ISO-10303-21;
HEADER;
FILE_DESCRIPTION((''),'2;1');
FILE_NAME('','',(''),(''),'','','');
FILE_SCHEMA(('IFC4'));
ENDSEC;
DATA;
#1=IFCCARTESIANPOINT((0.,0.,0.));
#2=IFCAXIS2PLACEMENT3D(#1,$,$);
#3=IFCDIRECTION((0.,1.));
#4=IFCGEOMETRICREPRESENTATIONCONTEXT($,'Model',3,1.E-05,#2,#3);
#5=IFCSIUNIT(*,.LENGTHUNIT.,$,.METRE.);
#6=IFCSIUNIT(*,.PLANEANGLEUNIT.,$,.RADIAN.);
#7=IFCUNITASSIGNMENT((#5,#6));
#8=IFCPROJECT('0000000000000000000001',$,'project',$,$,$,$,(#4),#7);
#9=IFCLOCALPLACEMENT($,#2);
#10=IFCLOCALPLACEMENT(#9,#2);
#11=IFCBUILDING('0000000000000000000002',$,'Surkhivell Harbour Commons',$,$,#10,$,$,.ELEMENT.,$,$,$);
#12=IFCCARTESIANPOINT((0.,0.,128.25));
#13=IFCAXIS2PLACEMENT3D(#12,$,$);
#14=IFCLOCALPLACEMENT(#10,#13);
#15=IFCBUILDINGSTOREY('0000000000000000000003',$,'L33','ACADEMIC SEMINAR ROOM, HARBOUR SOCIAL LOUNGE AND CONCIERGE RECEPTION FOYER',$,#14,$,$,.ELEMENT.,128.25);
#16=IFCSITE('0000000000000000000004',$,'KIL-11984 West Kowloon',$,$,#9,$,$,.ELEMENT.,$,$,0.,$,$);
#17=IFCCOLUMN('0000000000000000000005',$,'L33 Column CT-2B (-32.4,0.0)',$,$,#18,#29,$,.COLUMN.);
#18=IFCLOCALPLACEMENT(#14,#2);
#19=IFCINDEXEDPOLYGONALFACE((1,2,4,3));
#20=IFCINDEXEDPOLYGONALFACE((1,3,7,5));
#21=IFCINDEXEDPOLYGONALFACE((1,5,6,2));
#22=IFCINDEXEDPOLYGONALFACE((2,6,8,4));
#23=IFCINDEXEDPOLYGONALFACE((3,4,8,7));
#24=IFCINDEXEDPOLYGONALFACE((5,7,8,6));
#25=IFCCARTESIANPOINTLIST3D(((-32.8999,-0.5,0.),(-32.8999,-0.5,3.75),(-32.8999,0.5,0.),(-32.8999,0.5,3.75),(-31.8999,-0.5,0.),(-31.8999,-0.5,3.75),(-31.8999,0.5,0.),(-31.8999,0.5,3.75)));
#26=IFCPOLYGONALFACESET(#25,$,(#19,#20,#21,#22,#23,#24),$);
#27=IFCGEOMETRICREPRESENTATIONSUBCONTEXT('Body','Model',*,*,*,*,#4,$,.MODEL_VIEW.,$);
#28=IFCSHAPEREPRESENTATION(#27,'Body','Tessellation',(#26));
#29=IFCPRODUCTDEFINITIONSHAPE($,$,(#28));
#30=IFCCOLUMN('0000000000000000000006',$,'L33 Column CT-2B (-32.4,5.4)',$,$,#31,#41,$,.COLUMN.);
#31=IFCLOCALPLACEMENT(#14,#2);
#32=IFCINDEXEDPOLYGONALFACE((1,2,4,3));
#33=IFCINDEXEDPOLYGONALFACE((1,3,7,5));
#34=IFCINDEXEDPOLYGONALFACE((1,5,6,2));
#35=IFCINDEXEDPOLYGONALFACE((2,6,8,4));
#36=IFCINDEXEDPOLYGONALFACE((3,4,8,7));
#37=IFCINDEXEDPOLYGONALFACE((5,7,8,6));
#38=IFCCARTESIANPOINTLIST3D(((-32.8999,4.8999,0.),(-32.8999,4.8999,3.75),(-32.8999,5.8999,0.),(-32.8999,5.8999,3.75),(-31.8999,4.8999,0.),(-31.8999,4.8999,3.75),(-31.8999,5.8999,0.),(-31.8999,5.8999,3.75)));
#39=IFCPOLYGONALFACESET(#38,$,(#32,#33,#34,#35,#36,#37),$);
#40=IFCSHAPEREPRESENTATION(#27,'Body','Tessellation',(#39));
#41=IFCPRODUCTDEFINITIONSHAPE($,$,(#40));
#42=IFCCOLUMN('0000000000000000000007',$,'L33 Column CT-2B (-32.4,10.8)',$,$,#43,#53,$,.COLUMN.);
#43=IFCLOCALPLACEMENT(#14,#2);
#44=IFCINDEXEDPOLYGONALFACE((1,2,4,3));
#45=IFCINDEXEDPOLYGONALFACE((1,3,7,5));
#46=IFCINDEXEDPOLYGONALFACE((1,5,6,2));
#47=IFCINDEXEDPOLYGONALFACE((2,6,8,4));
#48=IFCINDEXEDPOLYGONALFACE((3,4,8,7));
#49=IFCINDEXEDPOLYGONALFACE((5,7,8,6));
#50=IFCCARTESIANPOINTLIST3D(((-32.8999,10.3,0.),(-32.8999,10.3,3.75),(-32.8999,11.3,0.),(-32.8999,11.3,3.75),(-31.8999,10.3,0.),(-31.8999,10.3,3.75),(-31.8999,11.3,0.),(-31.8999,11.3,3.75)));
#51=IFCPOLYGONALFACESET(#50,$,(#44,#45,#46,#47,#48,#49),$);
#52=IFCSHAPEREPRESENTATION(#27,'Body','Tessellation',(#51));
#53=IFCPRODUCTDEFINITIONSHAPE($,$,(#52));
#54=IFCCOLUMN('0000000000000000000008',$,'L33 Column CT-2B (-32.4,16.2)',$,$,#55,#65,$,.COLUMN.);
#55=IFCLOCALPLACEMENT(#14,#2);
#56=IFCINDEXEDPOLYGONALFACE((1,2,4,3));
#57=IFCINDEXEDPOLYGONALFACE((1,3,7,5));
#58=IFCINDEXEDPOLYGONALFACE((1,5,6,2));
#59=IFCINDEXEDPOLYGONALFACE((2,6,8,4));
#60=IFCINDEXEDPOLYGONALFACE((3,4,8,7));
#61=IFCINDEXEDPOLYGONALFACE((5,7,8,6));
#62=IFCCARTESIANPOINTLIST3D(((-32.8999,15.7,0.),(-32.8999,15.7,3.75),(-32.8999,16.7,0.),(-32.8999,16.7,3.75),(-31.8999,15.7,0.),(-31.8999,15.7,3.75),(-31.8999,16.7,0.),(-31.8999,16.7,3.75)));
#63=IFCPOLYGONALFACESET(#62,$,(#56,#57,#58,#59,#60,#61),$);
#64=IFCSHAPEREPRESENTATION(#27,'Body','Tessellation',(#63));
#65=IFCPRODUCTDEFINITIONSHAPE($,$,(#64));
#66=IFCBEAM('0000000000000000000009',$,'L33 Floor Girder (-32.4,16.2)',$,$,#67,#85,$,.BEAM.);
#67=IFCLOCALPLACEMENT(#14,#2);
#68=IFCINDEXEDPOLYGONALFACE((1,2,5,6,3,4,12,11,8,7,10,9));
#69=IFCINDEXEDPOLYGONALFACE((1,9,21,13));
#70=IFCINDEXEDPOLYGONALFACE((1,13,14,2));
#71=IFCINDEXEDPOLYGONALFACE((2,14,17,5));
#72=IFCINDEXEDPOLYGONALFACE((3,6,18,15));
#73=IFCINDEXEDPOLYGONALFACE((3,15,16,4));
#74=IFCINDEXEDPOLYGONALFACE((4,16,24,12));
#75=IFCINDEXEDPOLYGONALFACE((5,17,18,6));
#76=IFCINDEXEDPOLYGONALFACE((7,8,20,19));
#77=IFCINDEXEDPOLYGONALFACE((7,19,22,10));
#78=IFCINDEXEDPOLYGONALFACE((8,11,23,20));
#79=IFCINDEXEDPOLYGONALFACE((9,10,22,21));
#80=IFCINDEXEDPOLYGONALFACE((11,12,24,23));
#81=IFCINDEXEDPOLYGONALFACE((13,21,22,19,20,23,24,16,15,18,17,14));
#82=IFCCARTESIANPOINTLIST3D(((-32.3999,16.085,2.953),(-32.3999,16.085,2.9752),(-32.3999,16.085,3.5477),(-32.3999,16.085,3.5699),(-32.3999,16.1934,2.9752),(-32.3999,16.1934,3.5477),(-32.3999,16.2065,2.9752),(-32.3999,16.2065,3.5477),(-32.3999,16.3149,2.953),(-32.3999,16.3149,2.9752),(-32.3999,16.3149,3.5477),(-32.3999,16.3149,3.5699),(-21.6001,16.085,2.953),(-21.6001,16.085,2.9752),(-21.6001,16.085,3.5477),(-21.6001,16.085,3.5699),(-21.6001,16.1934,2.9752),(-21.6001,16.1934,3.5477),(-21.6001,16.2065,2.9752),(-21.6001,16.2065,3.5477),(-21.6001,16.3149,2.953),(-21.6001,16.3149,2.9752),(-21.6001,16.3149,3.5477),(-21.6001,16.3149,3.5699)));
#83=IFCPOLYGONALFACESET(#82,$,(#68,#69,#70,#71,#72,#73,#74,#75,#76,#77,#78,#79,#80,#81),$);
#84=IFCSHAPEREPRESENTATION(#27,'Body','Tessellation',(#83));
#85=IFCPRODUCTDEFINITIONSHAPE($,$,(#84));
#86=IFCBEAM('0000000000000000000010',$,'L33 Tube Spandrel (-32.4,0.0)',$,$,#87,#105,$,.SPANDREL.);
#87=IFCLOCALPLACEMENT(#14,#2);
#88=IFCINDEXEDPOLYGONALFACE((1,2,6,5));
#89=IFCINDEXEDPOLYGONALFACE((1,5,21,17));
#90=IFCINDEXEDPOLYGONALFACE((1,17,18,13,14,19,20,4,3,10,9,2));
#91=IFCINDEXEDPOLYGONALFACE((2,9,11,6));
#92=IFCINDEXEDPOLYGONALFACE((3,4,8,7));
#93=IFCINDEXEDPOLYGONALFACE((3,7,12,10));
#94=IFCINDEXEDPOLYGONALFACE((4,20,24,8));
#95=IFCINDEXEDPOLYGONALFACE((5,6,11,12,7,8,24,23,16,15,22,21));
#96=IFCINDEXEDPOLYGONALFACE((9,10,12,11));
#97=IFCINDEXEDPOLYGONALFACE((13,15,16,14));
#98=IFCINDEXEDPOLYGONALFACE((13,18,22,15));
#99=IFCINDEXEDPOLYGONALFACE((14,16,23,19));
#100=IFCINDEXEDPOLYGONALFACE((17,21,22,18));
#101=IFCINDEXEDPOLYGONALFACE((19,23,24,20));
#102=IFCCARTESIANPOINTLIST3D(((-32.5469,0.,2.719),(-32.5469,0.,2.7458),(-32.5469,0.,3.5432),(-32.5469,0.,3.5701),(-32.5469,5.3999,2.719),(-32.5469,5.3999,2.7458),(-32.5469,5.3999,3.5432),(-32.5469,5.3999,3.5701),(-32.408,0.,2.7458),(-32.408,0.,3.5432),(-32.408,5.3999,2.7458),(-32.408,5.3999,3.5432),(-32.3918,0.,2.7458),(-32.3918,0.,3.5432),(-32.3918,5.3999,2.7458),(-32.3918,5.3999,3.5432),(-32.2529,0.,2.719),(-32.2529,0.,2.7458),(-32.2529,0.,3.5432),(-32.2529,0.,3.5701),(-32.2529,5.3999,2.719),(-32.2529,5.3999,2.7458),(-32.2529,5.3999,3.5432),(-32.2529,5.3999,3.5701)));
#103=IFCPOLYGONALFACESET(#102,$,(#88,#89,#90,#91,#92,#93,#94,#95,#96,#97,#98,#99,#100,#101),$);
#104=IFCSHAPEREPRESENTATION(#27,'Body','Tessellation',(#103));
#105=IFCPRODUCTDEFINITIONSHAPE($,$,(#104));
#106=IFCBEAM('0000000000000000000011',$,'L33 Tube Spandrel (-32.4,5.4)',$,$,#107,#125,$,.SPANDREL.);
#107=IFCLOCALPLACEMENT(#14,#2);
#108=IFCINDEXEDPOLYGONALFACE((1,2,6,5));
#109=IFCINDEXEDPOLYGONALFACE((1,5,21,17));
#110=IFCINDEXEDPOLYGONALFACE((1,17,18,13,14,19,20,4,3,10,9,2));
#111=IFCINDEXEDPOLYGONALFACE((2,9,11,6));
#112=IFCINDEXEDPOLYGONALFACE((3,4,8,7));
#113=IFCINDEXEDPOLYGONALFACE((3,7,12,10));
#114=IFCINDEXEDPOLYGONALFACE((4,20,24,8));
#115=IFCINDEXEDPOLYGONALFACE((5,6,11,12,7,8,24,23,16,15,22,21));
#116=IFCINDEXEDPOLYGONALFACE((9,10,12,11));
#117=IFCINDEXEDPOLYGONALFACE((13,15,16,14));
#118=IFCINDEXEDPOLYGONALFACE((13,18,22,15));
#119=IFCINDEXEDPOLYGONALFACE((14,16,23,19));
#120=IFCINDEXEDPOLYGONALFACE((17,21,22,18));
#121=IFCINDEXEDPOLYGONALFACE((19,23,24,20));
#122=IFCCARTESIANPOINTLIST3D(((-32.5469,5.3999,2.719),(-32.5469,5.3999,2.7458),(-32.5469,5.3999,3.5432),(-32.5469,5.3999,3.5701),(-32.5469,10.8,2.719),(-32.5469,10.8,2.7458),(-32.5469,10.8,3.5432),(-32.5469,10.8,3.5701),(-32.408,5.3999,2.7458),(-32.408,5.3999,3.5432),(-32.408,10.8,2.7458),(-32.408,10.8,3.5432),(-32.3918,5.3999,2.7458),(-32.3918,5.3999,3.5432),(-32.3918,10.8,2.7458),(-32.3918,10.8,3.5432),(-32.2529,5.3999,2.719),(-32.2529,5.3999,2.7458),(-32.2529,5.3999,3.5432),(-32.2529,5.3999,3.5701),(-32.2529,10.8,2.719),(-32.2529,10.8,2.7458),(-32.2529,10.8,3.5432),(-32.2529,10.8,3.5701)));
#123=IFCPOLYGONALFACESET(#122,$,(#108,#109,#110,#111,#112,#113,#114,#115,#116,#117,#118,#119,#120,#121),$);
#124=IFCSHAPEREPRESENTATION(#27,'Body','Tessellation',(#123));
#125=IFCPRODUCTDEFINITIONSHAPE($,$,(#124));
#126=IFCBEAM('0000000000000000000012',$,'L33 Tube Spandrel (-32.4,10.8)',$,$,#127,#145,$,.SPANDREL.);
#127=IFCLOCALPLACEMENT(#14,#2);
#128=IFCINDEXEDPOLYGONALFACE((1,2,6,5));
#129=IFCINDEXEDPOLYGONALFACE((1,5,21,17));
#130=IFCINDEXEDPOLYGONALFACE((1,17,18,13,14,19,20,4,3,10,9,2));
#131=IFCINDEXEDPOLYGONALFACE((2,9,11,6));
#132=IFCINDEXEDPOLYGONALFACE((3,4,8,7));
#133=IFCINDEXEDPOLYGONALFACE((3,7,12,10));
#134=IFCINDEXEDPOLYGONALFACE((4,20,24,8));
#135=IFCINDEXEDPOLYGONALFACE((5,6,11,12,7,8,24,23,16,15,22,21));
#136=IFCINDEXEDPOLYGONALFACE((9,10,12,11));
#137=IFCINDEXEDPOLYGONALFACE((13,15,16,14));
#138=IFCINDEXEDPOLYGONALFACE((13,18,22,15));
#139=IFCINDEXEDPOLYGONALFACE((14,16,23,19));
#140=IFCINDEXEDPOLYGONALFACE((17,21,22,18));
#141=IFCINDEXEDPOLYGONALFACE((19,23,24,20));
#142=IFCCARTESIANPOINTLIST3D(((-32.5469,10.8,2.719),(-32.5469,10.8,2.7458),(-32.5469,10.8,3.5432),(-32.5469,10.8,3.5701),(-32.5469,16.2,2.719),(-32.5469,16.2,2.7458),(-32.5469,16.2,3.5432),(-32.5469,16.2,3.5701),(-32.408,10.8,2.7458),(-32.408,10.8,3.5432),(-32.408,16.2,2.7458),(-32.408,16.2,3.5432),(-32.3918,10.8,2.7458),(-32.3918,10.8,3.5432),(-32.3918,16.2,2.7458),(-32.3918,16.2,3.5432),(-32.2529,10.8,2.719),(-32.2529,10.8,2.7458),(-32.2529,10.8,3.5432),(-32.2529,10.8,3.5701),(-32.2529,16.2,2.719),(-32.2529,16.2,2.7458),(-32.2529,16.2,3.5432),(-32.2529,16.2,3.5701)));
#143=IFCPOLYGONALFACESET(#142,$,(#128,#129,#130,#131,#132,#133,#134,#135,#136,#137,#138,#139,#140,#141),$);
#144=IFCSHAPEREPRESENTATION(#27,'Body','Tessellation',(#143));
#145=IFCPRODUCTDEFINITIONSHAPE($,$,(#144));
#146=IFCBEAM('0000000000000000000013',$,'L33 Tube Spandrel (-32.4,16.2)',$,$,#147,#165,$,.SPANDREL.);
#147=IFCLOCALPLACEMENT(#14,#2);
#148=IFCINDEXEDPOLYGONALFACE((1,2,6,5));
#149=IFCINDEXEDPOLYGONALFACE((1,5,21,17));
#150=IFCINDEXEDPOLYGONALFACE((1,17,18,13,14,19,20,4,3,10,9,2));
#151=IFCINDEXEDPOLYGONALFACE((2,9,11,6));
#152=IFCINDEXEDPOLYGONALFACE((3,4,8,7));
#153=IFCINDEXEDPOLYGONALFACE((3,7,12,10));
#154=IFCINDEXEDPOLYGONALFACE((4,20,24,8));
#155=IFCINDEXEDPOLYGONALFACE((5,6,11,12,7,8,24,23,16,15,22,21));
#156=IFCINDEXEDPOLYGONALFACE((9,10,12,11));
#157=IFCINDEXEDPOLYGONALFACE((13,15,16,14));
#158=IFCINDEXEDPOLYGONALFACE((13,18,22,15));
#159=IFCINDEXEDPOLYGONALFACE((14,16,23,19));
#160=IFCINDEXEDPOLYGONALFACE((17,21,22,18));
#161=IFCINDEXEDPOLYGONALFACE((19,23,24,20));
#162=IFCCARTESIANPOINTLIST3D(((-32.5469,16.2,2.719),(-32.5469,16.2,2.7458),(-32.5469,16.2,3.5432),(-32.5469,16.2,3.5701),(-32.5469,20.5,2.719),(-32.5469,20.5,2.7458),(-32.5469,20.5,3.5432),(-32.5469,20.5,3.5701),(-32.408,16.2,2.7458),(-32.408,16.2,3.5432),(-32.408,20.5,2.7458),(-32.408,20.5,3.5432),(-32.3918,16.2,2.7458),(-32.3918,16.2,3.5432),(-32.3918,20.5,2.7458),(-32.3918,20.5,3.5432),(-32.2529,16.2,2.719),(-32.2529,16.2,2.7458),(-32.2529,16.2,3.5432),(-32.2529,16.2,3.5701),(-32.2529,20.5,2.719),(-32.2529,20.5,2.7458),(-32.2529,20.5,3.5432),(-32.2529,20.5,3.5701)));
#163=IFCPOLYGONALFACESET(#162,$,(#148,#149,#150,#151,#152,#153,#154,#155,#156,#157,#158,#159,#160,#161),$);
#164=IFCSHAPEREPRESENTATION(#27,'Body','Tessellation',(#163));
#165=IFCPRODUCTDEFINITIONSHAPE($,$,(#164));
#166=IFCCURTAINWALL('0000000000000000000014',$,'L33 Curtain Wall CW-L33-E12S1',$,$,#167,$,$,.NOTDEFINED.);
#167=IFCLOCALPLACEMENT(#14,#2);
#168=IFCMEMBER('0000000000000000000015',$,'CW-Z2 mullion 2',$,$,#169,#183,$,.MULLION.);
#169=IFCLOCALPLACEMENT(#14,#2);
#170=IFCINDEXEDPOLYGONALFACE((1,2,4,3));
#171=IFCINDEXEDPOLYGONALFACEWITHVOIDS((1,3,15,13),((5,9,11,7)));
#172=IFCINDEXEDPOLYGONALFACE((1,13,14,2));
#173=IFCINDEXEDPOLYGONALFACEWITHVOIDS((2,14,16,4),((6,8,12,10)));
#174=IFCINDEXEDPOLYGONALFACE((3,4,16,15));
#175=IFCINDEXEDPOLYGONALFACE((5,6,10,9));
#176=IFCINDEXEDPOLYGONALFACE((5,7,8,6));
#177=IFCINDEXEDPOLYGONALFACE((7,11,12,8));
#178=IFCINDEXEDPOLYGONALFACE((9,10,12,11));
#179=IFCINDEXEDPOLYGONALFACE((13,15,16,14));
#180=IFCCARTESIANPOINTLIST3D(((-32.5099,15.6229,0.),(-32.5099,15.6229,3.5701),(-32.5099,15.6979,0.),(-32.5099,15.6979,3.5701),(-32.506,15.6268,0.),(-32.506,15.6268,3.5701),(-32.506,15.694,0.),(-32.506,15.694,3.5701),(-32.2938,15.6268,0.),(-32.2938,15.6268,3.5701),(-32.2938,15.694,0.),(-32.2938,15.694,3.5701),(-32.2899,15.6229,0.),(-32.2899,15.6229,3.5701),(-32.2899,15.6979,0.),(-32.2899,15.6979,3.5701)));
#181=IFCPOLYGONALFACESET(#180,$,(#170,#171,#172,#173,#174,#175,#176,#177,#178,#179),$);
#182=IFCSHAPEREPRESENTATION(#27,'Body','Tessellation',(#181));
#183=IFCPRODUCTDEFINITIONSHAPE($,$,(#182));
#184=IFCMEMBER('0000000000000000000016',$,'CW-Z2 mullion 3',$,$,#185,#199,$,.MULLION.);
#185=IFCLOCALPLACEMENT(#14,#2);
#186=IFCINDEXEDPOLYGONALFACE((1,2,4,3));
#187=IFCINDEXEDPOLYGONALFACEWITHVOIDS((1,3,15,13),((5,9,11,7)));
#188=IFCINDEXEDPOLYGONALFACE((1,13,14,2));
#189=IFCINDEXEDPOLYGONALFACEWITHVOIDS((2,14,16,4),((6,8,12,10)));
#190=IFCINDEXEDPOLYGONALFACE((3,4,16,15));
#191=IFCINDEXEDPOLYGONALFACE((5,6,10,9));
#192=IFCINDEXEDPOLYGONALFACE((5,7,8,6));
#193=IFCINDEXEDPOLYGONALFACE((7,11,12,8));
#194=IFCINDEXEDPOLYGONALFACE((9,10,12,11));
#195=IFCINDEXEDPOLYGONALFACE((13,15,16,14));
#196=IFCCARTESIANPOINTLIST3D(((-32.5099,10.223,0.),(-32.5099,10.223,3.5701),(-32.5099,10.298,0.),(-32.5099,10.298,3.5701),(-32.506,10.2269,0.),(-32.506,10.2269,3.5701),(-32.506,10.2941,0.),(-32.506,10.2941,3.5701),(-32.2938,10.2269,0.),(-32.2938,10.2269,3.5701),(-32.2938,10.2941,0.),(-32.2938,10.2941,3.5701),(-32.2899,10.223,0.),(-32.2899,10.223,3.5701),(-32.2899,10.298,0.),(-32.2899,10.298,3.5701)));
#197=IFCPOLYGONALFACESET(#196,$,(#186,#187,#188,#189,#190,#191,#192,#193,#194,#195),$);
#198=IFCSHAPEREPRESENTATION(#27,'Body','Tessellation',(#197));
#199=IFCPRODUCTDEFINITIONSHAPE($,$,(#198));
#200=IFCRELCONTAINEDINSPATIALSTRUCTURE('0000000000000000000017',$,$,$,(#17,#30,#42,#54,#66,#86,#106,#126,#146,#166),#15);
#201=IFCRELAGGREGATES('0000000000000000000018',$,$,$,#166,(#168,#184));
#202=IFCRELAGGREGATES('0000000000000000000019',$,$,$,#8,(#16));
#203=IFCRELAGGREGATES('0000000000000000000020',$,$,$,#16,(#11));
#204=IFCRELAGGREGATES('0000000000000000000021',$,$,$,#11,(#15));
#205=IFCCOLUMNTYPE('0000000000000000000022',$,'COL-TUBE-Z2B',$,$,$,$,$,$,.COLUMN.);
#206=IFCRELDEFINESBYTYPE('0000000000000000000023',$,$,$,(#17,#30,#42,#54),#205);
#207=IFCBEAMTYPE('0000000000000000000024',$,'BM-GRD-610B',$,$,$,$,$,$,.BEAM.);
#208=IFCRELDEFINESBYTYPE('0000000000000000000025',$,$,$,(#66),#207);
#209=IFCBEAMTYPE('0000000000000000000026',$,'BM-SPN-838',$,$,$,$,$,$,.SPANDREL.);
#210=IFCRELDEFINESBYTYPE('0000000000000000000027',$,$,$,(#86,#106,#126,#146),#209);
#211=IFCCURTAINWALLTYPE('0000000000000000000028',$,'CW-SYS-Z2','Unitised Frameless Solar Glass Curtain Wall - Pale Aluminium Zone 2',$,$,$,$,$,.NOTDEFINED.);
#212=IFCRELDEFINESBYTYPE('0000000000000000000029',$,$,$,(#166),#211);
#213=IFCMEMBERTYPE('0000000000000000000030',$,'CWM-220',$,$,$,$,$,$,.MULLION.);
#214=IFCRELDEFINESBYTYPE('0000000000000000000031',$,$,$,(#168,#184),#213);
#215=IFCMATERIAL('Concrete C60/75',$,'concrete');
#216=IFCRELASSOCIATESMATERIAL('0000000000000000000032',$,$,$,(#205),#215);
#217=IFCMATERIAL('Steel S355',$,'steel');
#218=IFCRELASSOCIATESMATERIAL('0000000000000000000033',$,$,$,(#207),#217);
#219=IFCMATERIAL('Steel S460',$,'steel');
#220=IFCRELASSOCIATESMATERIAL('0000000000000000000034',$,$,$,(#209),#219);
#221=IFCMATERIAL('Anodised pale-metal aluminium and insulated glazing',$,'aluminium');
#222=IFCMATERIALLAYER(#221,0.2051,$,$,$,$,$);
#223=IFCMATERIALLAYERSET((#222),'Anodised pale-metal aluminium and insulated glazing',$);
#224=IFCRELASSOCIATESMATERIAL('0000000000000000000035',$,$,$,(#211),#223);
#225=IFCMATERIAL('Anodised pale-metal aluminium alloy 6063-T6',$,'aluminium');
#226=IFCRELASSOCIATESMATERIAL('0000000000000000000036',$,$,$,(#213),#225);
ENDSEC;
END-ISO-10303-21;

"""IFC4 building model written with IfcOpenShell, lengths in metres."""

from ifc_helpers import new_model, si_unit, direction, frame, origin, origin_2d, place, context, subcontext, project, spatial, rectangle, hollow_rectangle, i_section, extrude, material, layer, layer_set, material_profile, profile_set, type_object, element, aggregate, save


model = new_model("IFC4")

# Units and contexts
model_context = context("Model", 3, precision=1e-05, world=origin(), true_north=direction((0.0, 1.0)))
body_context = subcontext(model_context, "Body", "Model", "MODEL_VIEW")
ifc_project = project(units=[si_unit("LENGTHUNIT", "METRE"), si_unit("PLANEANGLEUNIT", "RADIAN")], contexts=[model_context])

# Site, building, storey
site_placement = place(None, origin())
site = spatial("IfcSite", under=ifc_project, at=site_placement, Name="KIL-11984 West Kowloon", CompositionType="ELEMENT", RefElevation=0.0)
building_placement = place(site_placement, origin())
building = spatial("IfcBuilding", under=site, at=building_placement, Name="Surkhivell Harbour Commons", CompositionType="ELEMENT")
storey_placement = place(building_placement, frame((0.0, 0.0, 128.25)))
storey = spatial("IfcBuildingStorey", under=building, at=storey_placement, Name="L33", Description="ACADEMIC SEMINAR ROOM, HARBOUR SOCIAL LOUNGE AND CONCIERGE RECEPTION FOYER", CompositionType="ELEMENT", Elevation=128.25)

# Columns
ifc_material_1 = material(Name="Concrete C60/75", Category="concrete")
ifc_material_profile_1 = material_profile(ifc_material_1, rectangle(XDim=1.0, YDim=1.0, at=origin_2d()), Name="RC-COL-1000x1000")
ifc_profile_set_1 = profile_set([ifc_material_profile_1], Name="Concrete C60/75")
column_type = type_object("IfcColumnType", Name="COL-TUBE-Z2B", PredefinedType="COLUMN", material=ifc_profile_set_1)
for number, where, z_axis, x_axis, name in (
    (1, (-32.3999, 0.0, 0.0), (0.0, 0.0, 1.0), (1.0, 0.0, 0.0), "L33 Column CT-2B (-32.4,0.0)"),
    (2, (-32.3999, 5.3999, 0.0), (0.0, 0.0, 1.0), (1.0, 0.0, 0.0), "L33 Column CT-2B (-32.4,5.4)"),
    (3, (-32.3999, 10.8, 0.0), (0.0, 0.0, 1.0), (1.0, 0.0, 0.0), "L33 Column CT-2B (-32.4,10.8)"),
    (4, (-32.3999, 16.2, 0.0), (0.0, 0.0, 1.0), (1.0, 0.0, 0.0), "L33 Column CT-2B (-32.4,16.2)"),
):
    element("IfcColumn", number, at=place(storey_placement, frame(where, z_axis=z_axis, x_axis=x_axis)), inside=storey, type_object=column_type, Name=name, PredefinedType="COLUMN", context=body_context, shape_type="SweptSolid", body=[
        extrude(rectangle(XDim=1.0, YDim=1.0, at=origin_2d()), origin(), (0.0, 0.0, 1.0), 3.75),
    ])

# Beams
ifc_material_2 = material(Name="Steel S355", Category="steel")
ifc_material_profile_2 = material_profile(ifc_material_2, i_section(OverallWidth=0.23, OverallDepth=0.6169, WebThickness=0.0132, FlangeThickness=0.0222, at=origin_2d()), Name="UB610x229x140")
ifc_profile_set_2 = profile_set([ifc_material_profile_2], Name="Steel S355")
beam_type_1 = type_object("IfcBeamType", Name="BM-GRD-610B", PredefinedType="BEAM", material=ifc_profile_set_2)
beam_1_placement = place(storey_placement, frame((-32.3999, 16.2, 3.2615), z_axis=(1.0, 0.0, 0.0), x_axis=(0.0, 1.0, 0.0)))
element("IfcBeam", 5, at=beam_1_placement, inside=storey, type_object=beam_type_1, Name="L33 Floor Girder (-32.4,16.2)", PredefinedType="BEAM", context=body_context, shape_type="SweptSolid", body=[
    extrude(i_section(OverallWidth=0.23, OverallDepth=0.6169, WebThickness=0.0132, FlangeThickness=0.0222, at=origin_2d()), origin(), (0.0, 0.0, 1.0), 10.7998),
])
ifc_material_3 = material(Name="Steel S460", Category="steel")
ifc_material_profile_3 = material_profile(ifc_material_3, i_section(OverallWidth=0.2939, OverallDepth=0.8511, WebThickness=0.0161, FlangeThickness=0.0269, at=origin_2d()), Name="UB838x292x226")
ifc_profile_set_3 = profile_set([ifc_material_profile_3], Name="Steel S460")
beam_type_2 = type_object("IfcBeamType", Name="BM-SPN-838", PredefinedType="SPANDREL", material=ifc_profile_set_3)
beam_2_placement = place(storey_placement, frame((-32.3999, 0.0, 3.1445), z_axis=(0.0, 1.0, 0.0), x_axis=(-1.0, 0.0, 0.0)))
element("IfcBeam", 6, at=beam_2_placement, inside=storey, type_object=beam_type_2, Name="L33 Tube Spandrel (-32.4,0.0)", PredefinedType="SPANDREL", context=body_context, shape_type="SweptSolid", body=[
    extrude(i_section(OverallWidth=0.2939, OverallDepth=0.8511, WebThickness=0.0161, FlangeThickness=0.0269, at=origin_2d()), origin(), (0.0, 0.0, 1.0), 5.3999),
])
beam_3_placement = place(storey_placement, frame((-32.3999, 5.3999, 3.1445), z_axis=(0.0, 1.0, 0.0), x_axis=(-1.0, 0.0, 0.0)))
element("IfcBeam", 7, at=beam_3_placement, inside=storey, type_object=beam_type_2, Name="L33 Tube Spandrel (-32.4,5.4)", PredefinedType="SPANDREL", context=body_context, shape_type="SweptSolid", body=[
    extrude(i_section(OverallWidth=0.2939, OverallDepth=0.8511, WebThickness=0.0161, FlangeThickness=0.0269, at=origin_2d()), origin(), (0.0, 0.0, 1.0), 5.4001),
])
beam_4_placement = place(storey_placement, frame((-32.3999, 10.8, 3.1445), z_axis=(0.0, 1.0, 0.0), x_axis=(-1.0, 0.0, 0.0)))
element("IfcBeam", 8, at=beam_4_placement, inside=storey, type_object=beam_type_2, Name="L33 Tube Spandrel (-32.4,10.8)", PredefinedType="SPANDREL", context=body_context, shape_type="SweptSolid", body=[
    extrude(i_section(OverallWidth=0.2939, OverallDepth=0.8511, WebThickness=0.0161, FlangeThickness=0.0269, at=origin_2d()), origin(), (0.0, 0.0, 1.0), 5.3999),
])
beam_5_placement = place(storey_placement, frame((-32.3999, 16.2, 3.1445), z_axis=(0.0, 1.0, 0.0), x_axis=(-1.0, 0.0, 0.0)))
element("IfcBeam", 9, at=beam_5_placement, inside=storey, type_object=beam_type_2, Name="L33 Tube Spandrel (-32.4,16.2)", PredefinedType="SPANDREL", context=body_context, shape_type="SweptSolid", body=[
    extrude(i_section(OverallWidth=0.2939, OverallDepth=0.8511, WebThickness=0.0161, FlangeThickness=0.0269, at=origin_2d()), origin(), (0.0, 0.0, 1.0), 4.3),
])

# Curtain wall, members
ifc_material_4 = material(Name="Anodised pale-metal aluminium and insulated glazing", Category="aluminium")
ifc_layer_1 = layer(ifc_material_4, 0.2051)
ifc_layer_set_1 = layer_set([ifc_layer_1], Name="Anodised pale-metal aluminium and insulated glazing")
curtain_wall_type = type_object("IfcCurtainWallType", Name="CW-SYS-Z2", Description="Unitised Frameless Solar Glass Curtain Wall - Pale Aluminium Zone 2", PredefinedType="NOTDEFINED", material=ifc_layer_set_1)
curtain_wall_placement = place(storey_placement, origin())
curtain_wall = element("IfcCurtainWall", 10, at=curtain_wall_placement, inside=storey, type_object=curtain_wall_type, Name="L33 Curtain Wall CW-L33-E12S1", PredefinedType="NOTDEFINED")
ifc_material_5 = material(Name="Anodised pale-metal aluminium alloy 6063-T6", Category="aluminium")
ifc_material_profile_4 = material_profile(ifc_material_5, hollow_rectangle(XDim=0.075, YDim=0.22, WallThickness=0.0039, at=origin_2d()), Name="ALU-MULL-75x220")
ifc_profile_set_4 = profile_set([ifc_material_profile_4], Name="Anodised pale-metal aluminium alloy 6063-T6")
member_type_1 = type_object("IfcMemberType", Name="CWM-220", PredefinedType="MULLION", material=ifc_profile_set_4)
member_1_placement = place(storey_placement, frame((-32.3999, 15.6604, 0.0), z_axis=(0.0, 0.0, 1.0), x_axis=(0.0, -1.0, 0.0)))
member_1 = element("IfcMember", 11, at=member_1_placement, type_object=member_type_1, Name="CW-Z2 mullion 2", PredefinedType="MULLION", context=body_context, shape_type="SweptSolid", body=[
    extrude(hollow_rectangle(XDim=0.075, YDim=0.22, WallThickness=0.0039, at=origin_2d()), origin(), (0.0, 0.0, 1.0), 3.5701),
])
member_2_placement = place(storey_placement, frame((-32.3999, 10.2605, 0.0), z_axis=(0.0, 0.0, 1.0), x_axis=(0.0, -1.0, 0.0)))
member_2 = element("IfcMember", 12, at=member_2_placement, type_object=member_type_1, Name="CW-Z2 mullion 3", PredefinedType="MULLION", context=body_context, shape_type="SweptSolid", body=[
    extrude(hollow_rectangle(XDim=0.075, YDim=0.22, WallThickness=0.0039, at=origin_2d()), origin(), (0.0, 0.0, 1.0), 3.5701),
])
aggregate(curtain_wall, [member_1, member_2])

save(model, "model.ifc")
